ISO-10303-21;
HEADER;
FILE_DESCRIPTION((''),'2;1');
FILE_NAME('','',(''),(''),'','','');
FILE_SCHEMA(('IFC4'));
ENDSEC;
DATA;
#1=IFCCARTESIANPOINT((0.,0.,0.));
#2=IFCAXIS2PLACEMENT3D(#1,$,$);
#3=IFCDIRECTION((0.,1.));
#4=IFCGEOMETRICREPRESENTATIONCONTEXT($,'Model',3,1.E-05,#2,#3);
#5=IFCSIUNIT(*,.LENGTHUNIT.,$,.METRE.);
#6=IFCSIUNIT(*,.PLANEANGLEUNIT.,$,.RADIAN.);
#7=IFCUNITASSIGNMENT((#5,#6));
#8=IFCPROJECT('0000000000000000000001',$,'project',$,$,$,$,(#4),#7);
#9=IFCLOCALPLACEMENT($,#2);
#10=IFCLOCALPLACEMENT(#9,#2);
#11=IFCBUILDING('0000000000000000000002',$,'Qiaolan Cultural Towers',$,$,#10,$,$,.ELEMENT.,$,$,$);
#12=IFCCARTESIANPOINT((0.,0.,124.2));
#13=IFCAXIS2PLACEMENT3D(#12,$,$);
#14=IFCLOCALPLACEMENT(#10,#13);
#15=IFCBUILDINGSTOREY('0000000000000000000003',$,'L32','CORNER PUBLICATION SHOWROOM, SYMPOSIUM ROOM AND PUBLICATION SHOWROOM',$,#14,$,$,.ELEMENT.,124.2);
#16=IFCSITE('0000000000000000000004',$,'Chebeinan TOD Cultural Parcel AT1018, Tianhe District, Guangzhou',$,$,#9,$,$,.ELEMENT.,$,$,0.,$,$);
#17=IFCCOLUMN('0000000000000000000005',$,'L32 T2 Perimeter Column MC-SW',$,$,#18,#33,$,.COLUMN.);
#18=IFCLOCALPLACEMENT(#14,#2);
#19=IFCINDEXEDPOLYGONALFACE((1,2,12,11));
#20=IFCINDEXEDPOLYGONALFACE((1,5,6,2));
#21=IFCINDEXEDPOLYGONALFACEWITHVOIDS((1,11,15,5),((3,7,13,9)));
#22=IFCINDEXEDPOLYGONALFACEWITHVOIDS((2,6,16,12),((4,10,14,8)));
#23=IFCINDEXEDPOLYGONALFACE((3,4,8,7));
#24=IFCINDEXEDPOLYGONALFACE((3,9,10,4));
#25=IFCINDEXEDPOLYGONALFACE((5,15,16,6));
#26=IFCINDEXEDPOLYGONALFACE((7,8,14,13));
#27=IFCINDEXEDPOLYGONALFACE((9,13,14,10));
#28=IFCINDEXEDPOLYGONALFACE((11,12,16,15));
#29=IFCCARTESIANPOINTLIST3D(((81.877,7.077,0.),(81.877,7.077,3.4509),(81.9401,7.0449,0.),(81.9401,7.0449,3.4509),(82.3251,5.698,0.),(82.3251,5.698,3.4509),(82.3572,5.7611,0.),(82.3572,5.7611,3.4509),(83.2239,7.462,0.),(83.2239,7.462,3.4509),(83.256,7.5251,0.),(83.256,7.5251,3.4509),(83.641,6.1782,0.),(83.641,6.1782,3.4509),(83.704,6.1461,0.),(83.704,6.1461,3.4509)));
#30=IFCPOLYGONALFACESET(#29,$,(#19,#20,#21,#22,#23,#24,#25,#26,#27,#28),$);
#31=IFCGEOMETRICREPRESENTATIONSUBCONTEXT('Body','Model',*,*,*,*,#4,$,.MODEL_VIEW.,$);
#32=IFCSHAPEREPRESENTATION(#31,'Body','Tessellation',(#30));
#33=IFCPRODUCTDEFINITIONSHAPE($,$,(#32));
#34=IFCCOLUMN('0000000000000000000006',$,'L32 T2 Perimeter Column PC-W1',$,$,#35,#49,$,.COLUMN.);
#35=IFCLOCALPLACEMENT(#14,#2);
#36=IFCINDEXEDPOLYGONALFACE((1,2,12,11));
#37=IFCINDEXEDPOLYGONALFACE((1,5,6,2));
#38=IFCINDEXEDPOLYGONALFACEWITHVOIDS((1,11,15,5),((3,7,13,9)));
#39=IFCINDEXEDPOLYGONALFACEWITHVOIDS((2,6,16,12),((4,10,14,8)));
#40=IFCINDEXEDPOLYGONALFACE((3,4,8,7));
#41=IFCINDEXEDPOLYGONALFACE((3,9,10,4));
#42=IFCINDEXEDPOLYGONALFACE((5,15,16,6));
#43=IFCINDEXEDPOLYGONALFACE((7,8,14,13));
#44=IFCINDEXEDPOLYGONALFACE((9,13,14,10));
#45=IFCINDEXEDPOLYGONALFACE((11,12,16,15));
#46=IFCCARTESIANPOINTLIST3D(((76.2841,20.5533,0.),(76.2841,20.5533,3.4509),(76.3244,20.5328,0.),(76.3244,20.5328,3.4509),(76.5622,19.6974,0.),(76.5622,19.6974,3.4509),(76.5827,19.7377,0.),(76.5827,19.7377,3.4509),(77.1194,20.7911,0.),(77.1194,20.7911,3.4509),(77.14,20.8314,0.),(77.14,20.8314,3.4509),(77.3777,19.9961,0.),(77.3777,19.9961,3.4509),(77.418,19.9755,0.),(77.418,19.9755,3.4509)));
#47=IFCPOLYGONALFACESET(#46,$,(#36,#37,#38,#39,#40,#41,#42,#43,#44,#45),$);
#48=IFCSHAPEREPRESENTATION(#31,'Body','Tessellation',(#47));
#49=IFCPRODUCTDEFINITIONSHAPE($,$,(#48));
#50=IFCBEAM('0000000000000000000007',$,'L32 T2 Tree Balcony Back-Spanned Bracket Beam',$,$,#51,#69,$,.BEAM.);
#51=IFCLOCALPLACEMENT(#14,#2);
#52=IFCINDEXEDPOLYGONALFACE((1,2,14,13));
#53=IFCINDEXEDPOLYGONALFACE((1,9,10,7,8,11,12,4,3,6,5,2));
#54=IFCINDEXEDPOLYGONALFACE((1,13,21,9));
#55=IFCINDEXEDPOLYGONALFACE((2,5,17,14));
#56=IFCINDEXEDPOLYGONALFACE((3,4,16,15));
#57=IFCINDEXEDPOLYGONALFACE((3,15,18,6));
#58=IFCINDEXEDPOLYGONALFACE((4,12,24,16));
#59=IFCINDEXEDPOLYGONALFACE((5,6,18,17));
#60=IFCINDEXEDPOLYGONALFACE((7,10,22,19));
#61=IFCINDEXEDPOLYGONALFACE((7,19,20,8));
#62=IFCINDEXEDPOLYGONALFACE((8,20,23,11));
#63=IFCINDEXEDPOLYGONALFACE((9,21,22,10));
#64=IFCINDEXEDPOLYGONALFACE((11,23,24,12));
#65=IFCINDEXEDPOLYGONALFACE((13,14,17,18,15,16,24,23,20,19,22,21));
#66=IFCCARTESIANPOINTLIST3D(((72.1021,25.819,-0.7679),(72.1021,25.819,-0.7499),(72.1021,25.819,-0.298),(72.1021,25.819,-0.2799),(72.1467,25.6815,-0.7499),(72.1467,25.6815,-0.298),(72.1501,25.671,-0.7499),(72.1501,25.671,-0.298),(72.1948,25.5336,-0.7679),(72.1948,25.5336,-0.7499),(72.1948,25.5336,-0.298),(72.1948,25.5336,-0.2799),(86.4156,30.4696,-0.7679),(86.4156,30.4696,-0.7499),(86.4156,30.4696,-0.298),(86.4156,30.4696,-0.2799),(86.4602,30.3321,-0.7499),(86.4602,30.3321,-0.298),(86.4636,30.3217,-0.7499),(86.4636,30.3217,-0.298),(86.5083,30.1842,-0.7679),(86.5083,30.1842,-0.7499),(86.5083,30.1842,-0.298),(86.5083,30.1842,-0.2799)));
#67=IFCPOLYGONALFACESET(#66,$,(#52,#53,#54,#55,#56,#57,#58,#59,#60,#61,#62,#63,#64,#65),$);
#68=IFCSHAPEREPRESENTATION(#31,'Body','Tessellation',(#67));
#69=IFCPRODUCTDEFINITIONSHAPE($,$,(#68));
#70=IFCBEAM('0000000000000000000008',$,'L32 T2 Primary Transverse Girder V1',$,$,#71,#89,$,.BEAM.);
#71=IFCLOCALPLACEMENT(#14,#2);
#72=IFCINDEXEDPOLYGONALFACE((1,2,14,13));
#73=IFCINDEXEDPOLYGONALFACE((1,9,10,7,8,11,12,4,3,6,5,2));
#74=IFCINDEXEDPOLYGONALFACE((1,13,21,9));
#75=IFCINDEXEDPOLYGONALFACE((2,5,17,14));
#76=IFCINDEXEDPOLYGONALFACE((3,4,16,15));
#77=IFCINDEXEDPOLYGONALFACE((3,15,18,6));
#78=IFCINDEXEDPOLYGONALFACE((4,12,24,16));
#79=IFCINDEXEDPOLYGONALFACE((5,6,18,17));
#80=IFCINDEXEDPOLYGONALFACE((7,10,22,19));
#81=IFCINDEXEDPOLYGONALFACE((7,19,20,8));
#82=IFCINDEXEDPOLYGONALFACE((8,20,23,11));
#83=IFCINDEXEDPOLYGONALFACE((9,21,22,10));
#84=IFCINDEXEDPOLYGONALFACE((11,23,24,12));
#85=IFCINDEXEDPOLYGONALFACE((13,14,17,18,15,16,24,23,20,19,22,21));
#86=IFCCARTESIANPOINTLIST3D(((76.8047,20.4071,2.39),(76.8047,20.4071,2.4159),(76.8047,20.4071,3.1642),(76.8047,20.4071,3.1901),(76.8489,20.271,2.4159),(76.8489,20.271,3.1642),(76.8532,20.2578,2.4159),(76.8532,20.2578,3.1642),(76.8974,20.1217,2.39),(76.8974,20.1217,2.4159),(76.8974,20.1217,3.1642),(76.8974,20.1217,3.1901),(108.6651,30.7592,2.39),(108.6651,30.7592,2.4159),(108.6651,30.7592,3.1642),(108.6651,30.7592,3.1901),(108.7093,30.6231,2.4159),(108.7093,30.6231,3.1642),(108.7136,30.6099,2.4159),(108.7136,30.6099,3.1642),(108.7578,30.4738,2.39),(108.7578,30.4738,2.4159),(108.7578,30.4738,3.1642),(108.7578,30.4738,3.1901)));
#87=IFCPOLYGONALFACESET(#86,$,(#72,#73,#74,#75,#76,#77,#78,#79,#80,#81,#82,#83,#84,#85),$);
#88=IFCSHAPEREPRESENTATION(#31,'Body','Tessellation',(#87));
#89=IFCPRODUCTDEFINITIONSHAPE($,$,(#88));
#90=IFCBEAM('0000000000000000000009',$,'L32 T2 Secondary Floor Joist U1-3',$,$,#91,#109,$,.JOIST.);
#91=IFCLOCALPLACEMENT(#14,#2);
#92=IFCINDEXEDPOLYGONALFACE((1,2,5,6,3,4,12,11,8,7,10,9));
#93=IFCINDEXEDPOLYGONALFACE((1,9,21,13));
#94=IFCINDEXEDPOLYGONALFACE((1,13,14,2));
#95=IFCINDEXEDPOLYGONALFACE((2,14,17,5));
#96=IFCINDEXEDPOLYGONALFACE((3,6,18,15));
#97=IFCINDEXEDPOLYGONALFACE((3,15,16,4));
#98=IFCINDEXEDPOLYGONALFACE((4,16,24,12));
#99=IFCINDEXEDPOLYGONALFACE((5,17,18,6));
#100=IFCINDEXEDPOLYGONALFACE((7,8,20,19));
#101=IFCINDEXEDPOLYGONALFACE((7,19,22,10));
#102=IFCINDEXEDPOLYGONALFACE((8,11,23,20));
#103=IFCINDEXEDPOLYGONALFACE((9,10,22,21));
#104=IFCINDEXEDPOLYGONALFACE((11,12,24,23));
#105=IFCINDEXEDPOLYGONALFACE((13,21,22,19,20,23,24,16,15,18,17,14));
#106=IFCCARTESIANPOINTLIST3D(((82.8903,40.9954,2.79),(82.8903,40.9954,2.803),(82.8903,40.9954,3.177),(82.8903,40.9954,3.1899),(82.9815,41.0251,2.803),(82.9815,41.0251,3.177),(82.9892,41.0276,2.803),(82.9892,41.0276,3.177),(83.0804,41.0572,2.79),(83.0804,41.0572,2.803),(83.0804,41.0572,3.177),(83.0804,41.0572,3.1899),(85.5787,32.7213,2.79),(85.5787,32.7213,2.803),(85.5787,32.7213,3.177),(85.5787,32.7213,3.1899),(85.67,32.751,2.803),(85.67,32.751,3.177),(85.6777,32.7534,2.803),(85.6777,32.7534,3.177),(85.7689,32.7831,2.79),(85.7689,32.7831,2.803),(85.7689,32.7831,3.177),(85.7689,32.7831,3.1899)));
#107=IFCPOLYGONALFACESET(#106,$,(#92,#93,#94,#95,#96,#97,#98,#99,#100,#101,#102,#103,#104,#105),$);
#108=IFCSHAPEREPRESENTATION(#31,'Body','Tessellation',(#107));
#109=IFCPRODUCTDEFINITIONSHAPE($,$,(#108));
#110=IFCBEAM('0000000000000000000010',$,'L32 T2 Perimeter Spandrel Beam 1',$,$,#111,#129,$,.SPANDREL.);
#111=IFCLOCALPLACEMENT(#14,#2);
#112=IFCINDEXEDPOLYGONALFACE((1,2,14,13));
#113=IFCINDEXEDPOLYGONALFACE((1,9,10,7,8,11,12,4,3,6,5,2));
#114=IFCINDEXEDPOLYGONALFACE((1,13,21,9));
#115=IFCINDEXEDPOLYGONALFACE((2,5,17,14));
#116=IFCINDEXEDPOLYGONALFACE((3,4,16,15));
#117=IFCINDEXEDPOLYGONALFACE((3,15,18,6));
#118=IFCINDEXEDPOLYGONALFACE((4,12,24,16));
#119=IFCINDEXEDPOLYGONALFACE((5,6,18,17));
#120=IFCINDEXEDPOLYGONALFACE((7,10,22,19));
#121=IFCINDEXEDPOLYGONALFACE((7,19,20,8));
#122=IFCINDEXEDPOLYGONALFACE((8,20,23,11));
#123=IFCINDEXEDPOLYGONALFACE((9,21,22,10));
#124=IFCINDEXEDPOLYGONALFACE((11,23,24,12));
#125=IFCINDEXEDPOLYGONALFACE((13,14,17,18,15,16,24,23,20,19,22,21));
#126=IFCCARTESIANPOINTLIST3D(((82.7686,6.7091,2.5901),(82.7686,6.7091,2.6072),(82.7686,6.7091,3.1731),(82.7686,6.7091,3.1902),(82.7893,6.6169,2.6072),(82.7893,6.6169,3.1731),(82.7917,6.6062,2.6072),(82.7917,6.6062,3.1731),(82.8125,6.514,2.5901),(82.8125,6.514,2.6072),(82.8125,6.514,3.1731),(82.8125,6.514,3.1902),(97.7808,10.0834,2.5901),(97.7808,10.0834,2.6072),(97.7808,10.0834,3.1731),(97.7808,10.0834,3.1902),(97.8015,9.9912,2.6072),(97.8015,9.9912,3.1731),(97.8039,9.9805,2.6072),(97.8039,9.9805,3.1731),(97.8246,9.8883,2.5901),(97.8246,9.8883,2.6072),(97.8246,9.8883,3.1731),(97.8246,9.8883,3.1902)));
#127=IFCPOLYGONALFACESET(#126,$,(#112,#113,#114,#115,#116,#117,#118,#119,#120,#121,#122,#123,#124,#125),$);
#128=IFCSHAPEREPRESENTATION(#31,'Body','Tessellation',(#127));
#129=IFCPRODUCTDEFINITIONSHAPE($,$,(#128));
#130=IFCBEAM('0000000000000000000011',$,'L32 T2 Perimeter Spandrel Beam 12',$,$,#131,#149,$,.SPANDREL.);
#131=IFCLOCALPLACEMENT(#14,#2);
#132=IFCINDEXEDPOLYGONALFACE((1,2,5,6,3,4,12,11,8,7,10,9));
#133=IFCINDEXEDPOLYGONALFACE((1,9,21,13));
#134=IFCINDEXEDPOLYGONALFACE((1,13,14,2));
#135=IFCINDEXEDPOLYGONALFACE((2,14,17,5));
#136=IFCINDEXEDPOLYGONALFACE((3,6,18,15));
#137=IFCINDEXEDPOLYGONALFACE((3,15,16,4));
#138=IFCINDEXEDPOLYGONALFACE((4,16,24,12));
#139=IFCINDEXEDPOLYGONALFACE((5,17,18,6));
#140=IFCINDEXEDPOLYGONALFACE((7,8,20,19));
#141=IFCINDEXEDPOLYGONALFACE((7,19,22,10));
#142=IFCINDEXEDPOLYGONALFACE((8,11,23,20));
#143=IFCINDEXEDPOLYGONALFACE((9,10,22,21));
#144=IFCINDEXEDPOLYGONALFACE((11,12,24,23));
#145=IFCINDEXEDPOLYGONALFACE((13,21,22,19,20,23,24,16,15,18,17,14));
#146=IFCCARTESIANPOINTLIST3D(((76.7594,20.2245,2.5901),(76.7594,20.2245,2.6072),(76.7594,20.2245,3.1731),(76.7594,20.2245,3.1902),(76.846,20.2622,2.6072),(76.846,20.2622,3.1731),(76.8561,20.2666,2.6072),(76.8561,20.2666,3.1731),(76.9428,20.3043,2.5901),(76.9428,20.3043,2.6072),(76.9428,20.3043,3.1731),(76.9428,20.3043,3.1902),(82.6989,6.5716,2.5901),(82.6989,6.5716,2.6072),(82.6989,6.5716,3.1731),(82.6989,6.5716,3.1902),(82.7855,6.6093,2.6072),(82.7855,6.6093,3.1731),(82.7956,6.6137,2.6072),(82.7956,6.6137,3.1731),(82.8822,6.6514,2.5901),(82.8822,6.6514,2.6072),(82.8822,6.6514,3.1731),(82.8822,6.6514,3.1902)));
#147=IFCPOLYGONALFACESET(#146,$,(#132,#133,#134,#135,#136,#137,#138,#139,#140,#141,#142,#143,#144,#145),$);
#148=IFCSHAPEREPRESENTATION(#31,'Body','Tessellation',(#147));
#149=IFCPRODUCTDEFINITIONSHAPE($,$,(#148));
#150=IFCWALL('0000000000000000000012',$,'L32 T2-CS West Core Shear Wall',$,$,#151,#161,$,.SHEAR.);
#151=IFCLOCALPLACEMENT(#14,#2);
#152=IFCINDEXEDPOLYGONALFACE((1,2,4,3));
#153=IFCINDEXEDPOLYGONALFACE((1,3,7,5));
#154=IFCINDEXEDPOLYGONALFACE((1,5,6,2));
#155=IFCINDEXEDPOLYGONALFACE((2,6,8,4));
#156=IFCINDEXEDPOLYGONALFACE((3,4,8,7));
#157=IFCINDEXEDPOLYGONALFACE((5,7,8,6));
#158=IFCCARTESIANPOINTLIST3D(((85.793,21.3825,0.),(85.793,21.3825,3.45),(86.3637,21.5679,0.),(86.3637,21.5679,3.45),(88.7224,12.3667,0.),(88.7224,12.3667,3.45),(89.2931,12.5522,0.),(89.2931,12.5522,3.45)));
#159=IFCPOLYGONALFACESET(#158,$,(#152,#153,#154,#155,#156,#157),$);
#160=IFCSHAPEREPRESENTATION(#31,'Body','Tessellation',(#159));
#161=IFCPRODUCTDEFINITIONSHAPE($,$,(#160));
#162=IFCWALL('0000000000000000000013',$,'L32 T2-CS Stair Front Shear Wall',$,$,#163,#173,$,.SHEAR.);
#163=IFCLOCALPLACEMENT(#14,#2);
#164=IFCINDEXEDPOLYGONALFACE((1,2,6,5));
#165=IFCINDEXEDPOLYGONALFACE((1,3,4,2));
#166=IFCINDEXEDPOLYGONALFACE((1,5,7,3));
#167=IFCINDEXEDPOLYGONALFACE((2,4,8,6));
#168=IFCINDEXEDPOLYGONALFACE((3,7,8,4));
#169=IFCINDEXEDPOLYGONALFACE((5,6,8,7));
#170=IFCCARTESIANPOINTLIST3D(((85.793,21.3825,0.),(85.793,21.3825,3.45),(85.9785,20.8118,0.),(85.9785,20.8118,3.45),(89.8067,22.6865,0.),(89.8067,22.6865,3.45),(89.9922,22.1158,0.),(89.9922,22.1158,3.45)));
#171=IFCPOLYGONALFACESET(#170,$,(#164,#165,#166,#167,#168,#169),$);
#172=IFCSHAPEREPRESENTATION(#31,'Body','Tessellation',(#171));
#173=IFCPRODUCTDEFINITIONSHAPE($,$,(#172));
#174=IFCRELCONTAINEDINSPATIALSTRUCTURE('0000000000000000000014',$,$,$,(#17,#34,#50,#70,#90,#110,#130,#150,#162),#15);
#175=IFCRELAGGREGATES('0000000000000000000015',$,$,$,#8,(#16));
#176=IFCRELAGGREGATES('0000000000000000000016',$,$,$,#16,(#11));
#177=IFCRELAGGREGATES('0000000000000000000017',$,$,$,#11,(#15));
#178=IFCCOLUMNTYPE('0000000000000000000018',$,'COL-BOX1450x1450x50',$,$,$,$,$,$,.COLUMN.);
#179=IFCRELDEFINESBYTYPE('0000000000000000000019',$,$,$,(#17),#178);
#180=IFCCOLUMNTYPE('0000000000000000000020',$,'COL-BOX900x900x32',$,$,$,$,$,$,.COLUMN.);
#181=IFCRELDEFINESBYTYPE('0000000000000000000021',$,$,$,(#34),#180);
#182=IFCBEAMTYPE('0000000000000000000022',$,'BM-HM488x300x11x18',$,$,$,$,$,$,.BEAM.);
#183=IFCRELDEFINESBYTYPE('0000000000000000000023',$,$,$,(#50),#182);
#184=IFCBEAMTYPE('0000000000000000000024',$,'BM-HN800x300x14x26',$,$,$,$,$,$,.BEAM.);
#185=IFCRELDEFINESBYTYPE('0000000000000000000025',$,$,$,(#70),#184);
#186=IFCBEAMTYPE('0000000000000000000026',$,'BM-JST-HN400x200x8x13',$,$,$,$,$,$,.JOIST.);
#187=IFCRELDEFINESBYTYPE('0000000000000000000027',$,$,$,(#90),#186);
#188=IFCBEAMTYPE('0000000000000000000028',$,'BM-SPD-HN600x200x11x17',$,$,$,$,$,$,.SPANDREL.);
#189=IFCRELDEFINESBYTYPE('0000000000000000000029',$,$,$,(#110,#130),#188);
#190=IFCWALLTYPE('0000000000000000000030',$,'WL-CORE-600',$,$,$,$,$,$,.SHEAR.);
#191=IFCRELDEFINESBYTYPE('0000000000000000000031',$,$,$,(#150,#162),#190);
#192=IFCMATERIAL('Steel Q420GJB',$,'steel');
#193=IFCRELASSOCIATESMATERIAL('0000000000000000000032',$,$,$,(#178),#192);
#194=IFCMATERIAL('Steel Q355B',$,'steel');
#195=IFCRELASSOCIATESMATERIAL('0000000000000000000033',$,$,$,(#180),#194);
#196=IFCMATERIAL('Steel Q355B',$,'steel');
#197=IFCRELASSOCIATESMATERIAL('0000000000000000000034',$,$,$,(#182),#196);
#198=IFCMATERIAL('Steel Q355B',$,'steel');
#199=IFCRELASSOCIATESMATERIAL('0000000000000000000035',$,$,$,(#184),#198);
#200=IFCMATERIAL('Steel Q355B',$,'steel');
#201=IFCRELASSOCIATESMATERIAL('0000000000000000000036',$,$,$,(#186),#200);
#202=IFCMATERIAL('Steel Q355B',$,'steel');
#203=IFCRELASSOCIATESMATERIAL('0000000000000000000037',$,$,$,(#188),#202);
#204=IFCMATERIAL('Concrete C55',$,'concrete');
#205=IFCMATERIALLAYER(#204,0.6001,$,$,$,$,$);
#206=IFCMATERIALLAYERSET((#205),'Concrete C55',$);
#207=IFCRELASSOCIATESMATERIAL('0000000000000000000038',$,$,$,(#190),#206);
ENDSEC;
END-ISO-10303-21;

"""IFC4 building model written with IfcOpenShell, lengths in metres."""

from ifc_helpers import new_model, si_unit, direction, frame, frame_2d, origin, origin_2d, place, context, subcontext, project, spatial, rectangle, hollow_rectangle, i_section, extrude, material, layer, layer_set, material_profile, profile_set, type_object, element, save


model = new_model("IFC4")

# Units and contexts
model_context = context("Model", 3, precision=1e-05, world=origin(), true_north=direction((0.0, 1.0)))
body_context = subcontext(model_context, "Body", "Model", "MODEL_VIEW")
ifc_project = project(units=[si_unit("LENGTHUNIT", "METRE"), si_unit("PLANEANGLEUNIT", "RADIAN")], contexts=[model_context])

# Site, building, storey
site_placement = place(None, origin())
site = spatial("IfcSite", under=ifc_project, at=site_placement, Name="Chebeinan TOD Cultural Parcel AT1018, Tianhe District, Guangzhou", CompositionType="ELEMENT", RefElevation=0.0)
building_placement = place(site_placement, origin())
building = spatial("IfcBuilding", under=site, at=building_placement, Name="Qiaolan Cultural Towers", CompositionType="ELEMENT")
storey_placement = place(building_placement, frame((0.0, 0.0, 124.2)))
storey = spatial("IfcBuildingStorey", under=building, at=storey_placement, Name="L32", Description="CORNER PUBLICATION SHOWROOM, SYMPOSIUM ROOM AND PUBLICATION SHOWROOM", CompositionType="ELEMENT", Elevation=124.2)

# Columns
ifc_material_1 = material(Name="Steel Q420GJB", Category="steel")
ifc_material_profile_1 = material_profile(ifc_material_1, hollow_rectangle(XDim=1.45, YDim=1.45, WallThickness=0.05, at=origin_2d()), Name="BOX1450x1450x50")
ifc_profile_set_1 = profile_set([ifc_material_profile_1], Name="Steel Q420GJB")
column_type_1 = type_object("IfcColumnType", Name="COL-BOX1450x1450x50", PredefinedType="COLUMN", material=ifc_profile_set_1)
column_1_placement = place(storey_placement, frame((82.7905, 6.6116, 0.0), z_axis=(0.0, 0.0, 1.0), x_axis=(0.951057, 0.309017, 0.0)))
element("IfcColumn", 1, at=column_1_placement, inside=storey, type_object=column_type_1, Name="L32 T2 Perimeter Column MC-SW", PredefinedType="COLUMN", context=body_context, shape_type="SweptSolid", body=[
    extrude(hollow_rectangle(XDim=1.45, YDim=1.45, WallThickness=0.05, at=origin_2d()), origin(), (0.0, 0.0, 1.0), 3.4509),
])
ifc_material_2 = material(Name="Steel Q355B", Category="steel")
ifc_material_profile_2 = material_profile(ifc_material_2, hollow_rectangle(XDim=0.8999, YDim=0.8999, WallThickness=0.032, at=origin_2d()), Name="BOX900x900x32")
ifc_profile_set_2 = profile_set([ifc_material_profile_2], Name="Steel Q355B")
column_type_2 = type_object("IfcColumnType", Name="COL-BOX900x900x32", PredefinedType="COLUMN", material=ifc_profile_set_2)
column_2_placement = place(storey_placement, frame((76.8511, 20.2644, 0.0), z_axis=(0.0, 0.0, 1.0), x_axis=(0.951057, 0.309017, 0.0)))
element("IfcColumn", 2, at=column_2_placement, inside=storey, type_object=column_type_2, Name="L32 T2 Perimeter Column PC-W1", PredefinedType="COLUMN", context=body_context, shape_type="SweptSolid", body=[
    extrude(hollow_rectangle(XDim=0.8999, YDim=0.8999, WallThickness=0.032, at=origin_2d()), origin(), (0.0, 0.0, 1.0), 3.4509),
])

# Beams
ifc_material_3 = material(Name="Steel Q355B", Category="steel")
ifc_material_profile_3 = material_profile(ifc_material_3, i_section(OverallWidth=0.3, OverallDepth=0.488, WebThickness=0.011, FlangeThickness=0.0181, at=origin_2d()), Name="HM488x300x11x18")
ifc_profile_set_3 = profile_set([ifc_material_profile_3], Name="Steel Q355B")
beam_type_1 = type_object("IfcBeamType", Name="BM-HM488x300x11x18", PredefinedType="BEAM", material=ifc_profile_set_3)
beam_1_placement = place(storey_placement, frame((86.4619, 30.3269, -0.5239), z_axis=(-0.951058, -0.309011, 0.0), x_axis=(0.309011, -0.951058, 0.0)))
element("IfcBeam", 3, at=beam_1_placement, inside=storey, type_object=beam_type_1, Name="L32 T2 Tree Balcony Back-Spanned Bracket Beam", PredefinedType="BEAM", context=body_context, shape_type="SweptSolid", body=[
    extrude(i_section(OverallWidth=0.3, OverallDepth=0.488, WebThickness=0.011, FlangeThickness=0.0181, at=origin_2d()), origin(), (0.0, 0.0, 1.0), 15.05),
])
ifc_material_4 = material(Name="Steel Q355B", Category="steel")
ifc_material_profile_4 = material_profile(ifc_material_4, i_section(OverallWidth=0.3, OverallDepth=0.8, WebThickness=0.0139, FlangeThickness=0.0259, at=origin_2d()), Name="HN800x300x14x26")
ifc_profile_set_4 = profile_set([ifc_material_profile_4], Name="Steel Q355B")
beam_type_2 = type_object("IfcBeamType", Name="BM-HN800x300x14x26", PredefinedType="BEAM", material=ifc_profile_set_4)
beam_2_placement = place(storey_placement, frame((76.8511, 20.2644, 2.79), z_axis=(0.951057, 0.309017, 0.0), x_axis=(-0.309017, 0.951057, 0.0)))
element("IfcBeam", 4, at=beam_2_placement, inside=storey, type_object=beam_type_2, Name="L32 T2 Primary Transverse Girder V1", PredefinedType="BEAM", context=body_context, shape_type="SweptSolid", body=[
    extrude(i_section(OverallWidth=0.3, OverallDepth=0.8, WebThickness=0.0139, FlangeThickness=0.0259, at=origin_2d()), origin(), (0.0, 0.0, 1.0), 33.5),
])
ifc_material_5 = material(Name="Steel Q355B", Category="steel")
ifc_material_profile_5 = material_profile(ifc_material_5, i_section(OverallWidth=0.2, OverallDepth=0.3999, WebThickness=0.0081, FlangeThickness=0.0129, at=origin_2d()), Name="HN400x200x8x13")
ifc_profile_set_5 = profile_set([ifc_material_profile_5], Name="Steel Q355B")
beam_type_3 = type_object("IfcBeamType", Name="BM-JST-HN400x200x8x13", PredefinedType="JOIST", material=ifc_profile_set_5)
beam_3_placement = place(storey_placement, frame((85.6738, 32.7522, 2.99), z_axis=(-0.309021, 0.951055, 0.0), x_axis=(-0.951055, -0.309021, 0.0)))
element("IfcBeam", 5, at=beam_3_placement, inside=storey, type_object=beam_type_3, Name="L32 T2 Secondary Floor Joist U1-3", PredefinedType="JOIST", context=body_context, shape_type="SweptSolid", body=[
    extrude(i_section(OverallWidth=0.2, OverallDepth=0.3999, WebThickness=0.0081, FlangeThickness=0.0129, at=origin_2d()), origin(), (0.0, 0.0, 1.0), 8.7),
])
ifc_material_6 = material(Name="Steel Q355B", Category="steel")
ifc_material_profile_6 = material_profile(ifc_material_6, i_section(OverallWidth=0.2, OverallDepth=0.6001, WebThickness=0.011, FlangeThickness=0.0171, at=origin_2d()), Name="HN600x200x11x17")
ifc_profile_set_6 = profile_set([ifc_material_profile_6], Name="Steel Q355B")
beam_type_4 = type_object("IfcBeamType", Name="BM-SPD-HN600x200x11x17", PredefinedType="SPANDREL", material=ifc_profile_set_6)
beam_4_placement = place(storey_placement, frame((82.7905, 6.6116, 2.8901), z_axis=(0.975658, 0.219297, 0.0), x_axis=(-0.219297, 0.975658, 0.0)))
element("IfcBeam", 6, at=beam_4_placement, inside=storey, type_object=beam_type_4, Name="L32 T2 Perimeter Spandrel Beam 1", PredefinedType="SPANDREL", context=body_context, shape_type="SweptSolid", body=[
    extrude(i_section(OverallWidth=0.2, OverallDepth=0.6001, WebThickness=0.011, FlangeThickness=0.0171, at=origin_2d()), origin(), (0.0, 0.0, 1.0), 15.3867),
])
beam_5_placement = place(storey_placement, frame((76.8511, 20.2644, 2.8901), z_axis=(0.39892, -0.916986, 0.0), x_axis=(0.916986, 0.39892, 0.0)))
element("IfcBeam", 7, at=beam_5_placement, inside=storey, type_object=beam_type_4, Name="L32 T2 Perimeter Spandrel Beam 12", PredefinedType="SPANDREL", context=body_context, shape_type="SweptSolid", body=[
    extrude(i_section(OverallWidth=0.2, OverallDepth=0.6001, WebThickness=0.011, FlangeThickness=0.0171, at=origin_2d()), origin(), (0.0, 0.0, 1.0), 14.8889),
])

# Walls
ifc_material_7 = material(Name="Concrete C55", Category="concrete")
ifc_layer_1 = layer(ifc_material_7, 0.6001)
ifc_layer_set_1 = layer_set([ifc_layer_1], Name="Concrete C55")
wall_type_1 = type_object("IfcWallType", Name="WL-CORE-600", PredefinedType="SHEAR", material=ifc_layer_set_1)
wall_1_placement = place(storey_placement, frame((86.0784, 21.4751, 0.0), z_axis=(0.0, 0.0, 1.0), x_axis=(0.309018, -0.951056, 0.0)))
element("IfcWall", 8, at=wall_1_placement, inside=storey, type_object=wall_type_1, Name="L32 T2-CS West Core Shear Wall", PredefinedType="SHEAR", context=body_context, shape_type="SweptSolid", body=[
    extrude(rectangle(XDim=9.4797, YDim=0.6001, at=frame_2d((4.7397, 0.0))), origin(), (0.0, 0.0, 1.0), 3.45),
])
wall_2_placement = place(storey_placement, frame((85.8857, 21.0972, 0.0), z_axis=(0.0, 0.0, 1.0), x_axis=(0.951068, 0.308981, 0.0)))
element("IfcWall", 9, at=wall_2_placement, inside=storey, type_object=wall_type_1, Name="L32 T2-CS Stair Front Shear Wall", PredefinedType="SHEAR", context=body_context, shape_type="SweptSolid", body=[
    extrude(rectangle(XDim=4.2202, YDim=0.6001, at=frame_2d((2.1101, 0.0))), origin(), (0.0, 0.0, 1.0), 3.45),
])

save(model, "model.ifc")
